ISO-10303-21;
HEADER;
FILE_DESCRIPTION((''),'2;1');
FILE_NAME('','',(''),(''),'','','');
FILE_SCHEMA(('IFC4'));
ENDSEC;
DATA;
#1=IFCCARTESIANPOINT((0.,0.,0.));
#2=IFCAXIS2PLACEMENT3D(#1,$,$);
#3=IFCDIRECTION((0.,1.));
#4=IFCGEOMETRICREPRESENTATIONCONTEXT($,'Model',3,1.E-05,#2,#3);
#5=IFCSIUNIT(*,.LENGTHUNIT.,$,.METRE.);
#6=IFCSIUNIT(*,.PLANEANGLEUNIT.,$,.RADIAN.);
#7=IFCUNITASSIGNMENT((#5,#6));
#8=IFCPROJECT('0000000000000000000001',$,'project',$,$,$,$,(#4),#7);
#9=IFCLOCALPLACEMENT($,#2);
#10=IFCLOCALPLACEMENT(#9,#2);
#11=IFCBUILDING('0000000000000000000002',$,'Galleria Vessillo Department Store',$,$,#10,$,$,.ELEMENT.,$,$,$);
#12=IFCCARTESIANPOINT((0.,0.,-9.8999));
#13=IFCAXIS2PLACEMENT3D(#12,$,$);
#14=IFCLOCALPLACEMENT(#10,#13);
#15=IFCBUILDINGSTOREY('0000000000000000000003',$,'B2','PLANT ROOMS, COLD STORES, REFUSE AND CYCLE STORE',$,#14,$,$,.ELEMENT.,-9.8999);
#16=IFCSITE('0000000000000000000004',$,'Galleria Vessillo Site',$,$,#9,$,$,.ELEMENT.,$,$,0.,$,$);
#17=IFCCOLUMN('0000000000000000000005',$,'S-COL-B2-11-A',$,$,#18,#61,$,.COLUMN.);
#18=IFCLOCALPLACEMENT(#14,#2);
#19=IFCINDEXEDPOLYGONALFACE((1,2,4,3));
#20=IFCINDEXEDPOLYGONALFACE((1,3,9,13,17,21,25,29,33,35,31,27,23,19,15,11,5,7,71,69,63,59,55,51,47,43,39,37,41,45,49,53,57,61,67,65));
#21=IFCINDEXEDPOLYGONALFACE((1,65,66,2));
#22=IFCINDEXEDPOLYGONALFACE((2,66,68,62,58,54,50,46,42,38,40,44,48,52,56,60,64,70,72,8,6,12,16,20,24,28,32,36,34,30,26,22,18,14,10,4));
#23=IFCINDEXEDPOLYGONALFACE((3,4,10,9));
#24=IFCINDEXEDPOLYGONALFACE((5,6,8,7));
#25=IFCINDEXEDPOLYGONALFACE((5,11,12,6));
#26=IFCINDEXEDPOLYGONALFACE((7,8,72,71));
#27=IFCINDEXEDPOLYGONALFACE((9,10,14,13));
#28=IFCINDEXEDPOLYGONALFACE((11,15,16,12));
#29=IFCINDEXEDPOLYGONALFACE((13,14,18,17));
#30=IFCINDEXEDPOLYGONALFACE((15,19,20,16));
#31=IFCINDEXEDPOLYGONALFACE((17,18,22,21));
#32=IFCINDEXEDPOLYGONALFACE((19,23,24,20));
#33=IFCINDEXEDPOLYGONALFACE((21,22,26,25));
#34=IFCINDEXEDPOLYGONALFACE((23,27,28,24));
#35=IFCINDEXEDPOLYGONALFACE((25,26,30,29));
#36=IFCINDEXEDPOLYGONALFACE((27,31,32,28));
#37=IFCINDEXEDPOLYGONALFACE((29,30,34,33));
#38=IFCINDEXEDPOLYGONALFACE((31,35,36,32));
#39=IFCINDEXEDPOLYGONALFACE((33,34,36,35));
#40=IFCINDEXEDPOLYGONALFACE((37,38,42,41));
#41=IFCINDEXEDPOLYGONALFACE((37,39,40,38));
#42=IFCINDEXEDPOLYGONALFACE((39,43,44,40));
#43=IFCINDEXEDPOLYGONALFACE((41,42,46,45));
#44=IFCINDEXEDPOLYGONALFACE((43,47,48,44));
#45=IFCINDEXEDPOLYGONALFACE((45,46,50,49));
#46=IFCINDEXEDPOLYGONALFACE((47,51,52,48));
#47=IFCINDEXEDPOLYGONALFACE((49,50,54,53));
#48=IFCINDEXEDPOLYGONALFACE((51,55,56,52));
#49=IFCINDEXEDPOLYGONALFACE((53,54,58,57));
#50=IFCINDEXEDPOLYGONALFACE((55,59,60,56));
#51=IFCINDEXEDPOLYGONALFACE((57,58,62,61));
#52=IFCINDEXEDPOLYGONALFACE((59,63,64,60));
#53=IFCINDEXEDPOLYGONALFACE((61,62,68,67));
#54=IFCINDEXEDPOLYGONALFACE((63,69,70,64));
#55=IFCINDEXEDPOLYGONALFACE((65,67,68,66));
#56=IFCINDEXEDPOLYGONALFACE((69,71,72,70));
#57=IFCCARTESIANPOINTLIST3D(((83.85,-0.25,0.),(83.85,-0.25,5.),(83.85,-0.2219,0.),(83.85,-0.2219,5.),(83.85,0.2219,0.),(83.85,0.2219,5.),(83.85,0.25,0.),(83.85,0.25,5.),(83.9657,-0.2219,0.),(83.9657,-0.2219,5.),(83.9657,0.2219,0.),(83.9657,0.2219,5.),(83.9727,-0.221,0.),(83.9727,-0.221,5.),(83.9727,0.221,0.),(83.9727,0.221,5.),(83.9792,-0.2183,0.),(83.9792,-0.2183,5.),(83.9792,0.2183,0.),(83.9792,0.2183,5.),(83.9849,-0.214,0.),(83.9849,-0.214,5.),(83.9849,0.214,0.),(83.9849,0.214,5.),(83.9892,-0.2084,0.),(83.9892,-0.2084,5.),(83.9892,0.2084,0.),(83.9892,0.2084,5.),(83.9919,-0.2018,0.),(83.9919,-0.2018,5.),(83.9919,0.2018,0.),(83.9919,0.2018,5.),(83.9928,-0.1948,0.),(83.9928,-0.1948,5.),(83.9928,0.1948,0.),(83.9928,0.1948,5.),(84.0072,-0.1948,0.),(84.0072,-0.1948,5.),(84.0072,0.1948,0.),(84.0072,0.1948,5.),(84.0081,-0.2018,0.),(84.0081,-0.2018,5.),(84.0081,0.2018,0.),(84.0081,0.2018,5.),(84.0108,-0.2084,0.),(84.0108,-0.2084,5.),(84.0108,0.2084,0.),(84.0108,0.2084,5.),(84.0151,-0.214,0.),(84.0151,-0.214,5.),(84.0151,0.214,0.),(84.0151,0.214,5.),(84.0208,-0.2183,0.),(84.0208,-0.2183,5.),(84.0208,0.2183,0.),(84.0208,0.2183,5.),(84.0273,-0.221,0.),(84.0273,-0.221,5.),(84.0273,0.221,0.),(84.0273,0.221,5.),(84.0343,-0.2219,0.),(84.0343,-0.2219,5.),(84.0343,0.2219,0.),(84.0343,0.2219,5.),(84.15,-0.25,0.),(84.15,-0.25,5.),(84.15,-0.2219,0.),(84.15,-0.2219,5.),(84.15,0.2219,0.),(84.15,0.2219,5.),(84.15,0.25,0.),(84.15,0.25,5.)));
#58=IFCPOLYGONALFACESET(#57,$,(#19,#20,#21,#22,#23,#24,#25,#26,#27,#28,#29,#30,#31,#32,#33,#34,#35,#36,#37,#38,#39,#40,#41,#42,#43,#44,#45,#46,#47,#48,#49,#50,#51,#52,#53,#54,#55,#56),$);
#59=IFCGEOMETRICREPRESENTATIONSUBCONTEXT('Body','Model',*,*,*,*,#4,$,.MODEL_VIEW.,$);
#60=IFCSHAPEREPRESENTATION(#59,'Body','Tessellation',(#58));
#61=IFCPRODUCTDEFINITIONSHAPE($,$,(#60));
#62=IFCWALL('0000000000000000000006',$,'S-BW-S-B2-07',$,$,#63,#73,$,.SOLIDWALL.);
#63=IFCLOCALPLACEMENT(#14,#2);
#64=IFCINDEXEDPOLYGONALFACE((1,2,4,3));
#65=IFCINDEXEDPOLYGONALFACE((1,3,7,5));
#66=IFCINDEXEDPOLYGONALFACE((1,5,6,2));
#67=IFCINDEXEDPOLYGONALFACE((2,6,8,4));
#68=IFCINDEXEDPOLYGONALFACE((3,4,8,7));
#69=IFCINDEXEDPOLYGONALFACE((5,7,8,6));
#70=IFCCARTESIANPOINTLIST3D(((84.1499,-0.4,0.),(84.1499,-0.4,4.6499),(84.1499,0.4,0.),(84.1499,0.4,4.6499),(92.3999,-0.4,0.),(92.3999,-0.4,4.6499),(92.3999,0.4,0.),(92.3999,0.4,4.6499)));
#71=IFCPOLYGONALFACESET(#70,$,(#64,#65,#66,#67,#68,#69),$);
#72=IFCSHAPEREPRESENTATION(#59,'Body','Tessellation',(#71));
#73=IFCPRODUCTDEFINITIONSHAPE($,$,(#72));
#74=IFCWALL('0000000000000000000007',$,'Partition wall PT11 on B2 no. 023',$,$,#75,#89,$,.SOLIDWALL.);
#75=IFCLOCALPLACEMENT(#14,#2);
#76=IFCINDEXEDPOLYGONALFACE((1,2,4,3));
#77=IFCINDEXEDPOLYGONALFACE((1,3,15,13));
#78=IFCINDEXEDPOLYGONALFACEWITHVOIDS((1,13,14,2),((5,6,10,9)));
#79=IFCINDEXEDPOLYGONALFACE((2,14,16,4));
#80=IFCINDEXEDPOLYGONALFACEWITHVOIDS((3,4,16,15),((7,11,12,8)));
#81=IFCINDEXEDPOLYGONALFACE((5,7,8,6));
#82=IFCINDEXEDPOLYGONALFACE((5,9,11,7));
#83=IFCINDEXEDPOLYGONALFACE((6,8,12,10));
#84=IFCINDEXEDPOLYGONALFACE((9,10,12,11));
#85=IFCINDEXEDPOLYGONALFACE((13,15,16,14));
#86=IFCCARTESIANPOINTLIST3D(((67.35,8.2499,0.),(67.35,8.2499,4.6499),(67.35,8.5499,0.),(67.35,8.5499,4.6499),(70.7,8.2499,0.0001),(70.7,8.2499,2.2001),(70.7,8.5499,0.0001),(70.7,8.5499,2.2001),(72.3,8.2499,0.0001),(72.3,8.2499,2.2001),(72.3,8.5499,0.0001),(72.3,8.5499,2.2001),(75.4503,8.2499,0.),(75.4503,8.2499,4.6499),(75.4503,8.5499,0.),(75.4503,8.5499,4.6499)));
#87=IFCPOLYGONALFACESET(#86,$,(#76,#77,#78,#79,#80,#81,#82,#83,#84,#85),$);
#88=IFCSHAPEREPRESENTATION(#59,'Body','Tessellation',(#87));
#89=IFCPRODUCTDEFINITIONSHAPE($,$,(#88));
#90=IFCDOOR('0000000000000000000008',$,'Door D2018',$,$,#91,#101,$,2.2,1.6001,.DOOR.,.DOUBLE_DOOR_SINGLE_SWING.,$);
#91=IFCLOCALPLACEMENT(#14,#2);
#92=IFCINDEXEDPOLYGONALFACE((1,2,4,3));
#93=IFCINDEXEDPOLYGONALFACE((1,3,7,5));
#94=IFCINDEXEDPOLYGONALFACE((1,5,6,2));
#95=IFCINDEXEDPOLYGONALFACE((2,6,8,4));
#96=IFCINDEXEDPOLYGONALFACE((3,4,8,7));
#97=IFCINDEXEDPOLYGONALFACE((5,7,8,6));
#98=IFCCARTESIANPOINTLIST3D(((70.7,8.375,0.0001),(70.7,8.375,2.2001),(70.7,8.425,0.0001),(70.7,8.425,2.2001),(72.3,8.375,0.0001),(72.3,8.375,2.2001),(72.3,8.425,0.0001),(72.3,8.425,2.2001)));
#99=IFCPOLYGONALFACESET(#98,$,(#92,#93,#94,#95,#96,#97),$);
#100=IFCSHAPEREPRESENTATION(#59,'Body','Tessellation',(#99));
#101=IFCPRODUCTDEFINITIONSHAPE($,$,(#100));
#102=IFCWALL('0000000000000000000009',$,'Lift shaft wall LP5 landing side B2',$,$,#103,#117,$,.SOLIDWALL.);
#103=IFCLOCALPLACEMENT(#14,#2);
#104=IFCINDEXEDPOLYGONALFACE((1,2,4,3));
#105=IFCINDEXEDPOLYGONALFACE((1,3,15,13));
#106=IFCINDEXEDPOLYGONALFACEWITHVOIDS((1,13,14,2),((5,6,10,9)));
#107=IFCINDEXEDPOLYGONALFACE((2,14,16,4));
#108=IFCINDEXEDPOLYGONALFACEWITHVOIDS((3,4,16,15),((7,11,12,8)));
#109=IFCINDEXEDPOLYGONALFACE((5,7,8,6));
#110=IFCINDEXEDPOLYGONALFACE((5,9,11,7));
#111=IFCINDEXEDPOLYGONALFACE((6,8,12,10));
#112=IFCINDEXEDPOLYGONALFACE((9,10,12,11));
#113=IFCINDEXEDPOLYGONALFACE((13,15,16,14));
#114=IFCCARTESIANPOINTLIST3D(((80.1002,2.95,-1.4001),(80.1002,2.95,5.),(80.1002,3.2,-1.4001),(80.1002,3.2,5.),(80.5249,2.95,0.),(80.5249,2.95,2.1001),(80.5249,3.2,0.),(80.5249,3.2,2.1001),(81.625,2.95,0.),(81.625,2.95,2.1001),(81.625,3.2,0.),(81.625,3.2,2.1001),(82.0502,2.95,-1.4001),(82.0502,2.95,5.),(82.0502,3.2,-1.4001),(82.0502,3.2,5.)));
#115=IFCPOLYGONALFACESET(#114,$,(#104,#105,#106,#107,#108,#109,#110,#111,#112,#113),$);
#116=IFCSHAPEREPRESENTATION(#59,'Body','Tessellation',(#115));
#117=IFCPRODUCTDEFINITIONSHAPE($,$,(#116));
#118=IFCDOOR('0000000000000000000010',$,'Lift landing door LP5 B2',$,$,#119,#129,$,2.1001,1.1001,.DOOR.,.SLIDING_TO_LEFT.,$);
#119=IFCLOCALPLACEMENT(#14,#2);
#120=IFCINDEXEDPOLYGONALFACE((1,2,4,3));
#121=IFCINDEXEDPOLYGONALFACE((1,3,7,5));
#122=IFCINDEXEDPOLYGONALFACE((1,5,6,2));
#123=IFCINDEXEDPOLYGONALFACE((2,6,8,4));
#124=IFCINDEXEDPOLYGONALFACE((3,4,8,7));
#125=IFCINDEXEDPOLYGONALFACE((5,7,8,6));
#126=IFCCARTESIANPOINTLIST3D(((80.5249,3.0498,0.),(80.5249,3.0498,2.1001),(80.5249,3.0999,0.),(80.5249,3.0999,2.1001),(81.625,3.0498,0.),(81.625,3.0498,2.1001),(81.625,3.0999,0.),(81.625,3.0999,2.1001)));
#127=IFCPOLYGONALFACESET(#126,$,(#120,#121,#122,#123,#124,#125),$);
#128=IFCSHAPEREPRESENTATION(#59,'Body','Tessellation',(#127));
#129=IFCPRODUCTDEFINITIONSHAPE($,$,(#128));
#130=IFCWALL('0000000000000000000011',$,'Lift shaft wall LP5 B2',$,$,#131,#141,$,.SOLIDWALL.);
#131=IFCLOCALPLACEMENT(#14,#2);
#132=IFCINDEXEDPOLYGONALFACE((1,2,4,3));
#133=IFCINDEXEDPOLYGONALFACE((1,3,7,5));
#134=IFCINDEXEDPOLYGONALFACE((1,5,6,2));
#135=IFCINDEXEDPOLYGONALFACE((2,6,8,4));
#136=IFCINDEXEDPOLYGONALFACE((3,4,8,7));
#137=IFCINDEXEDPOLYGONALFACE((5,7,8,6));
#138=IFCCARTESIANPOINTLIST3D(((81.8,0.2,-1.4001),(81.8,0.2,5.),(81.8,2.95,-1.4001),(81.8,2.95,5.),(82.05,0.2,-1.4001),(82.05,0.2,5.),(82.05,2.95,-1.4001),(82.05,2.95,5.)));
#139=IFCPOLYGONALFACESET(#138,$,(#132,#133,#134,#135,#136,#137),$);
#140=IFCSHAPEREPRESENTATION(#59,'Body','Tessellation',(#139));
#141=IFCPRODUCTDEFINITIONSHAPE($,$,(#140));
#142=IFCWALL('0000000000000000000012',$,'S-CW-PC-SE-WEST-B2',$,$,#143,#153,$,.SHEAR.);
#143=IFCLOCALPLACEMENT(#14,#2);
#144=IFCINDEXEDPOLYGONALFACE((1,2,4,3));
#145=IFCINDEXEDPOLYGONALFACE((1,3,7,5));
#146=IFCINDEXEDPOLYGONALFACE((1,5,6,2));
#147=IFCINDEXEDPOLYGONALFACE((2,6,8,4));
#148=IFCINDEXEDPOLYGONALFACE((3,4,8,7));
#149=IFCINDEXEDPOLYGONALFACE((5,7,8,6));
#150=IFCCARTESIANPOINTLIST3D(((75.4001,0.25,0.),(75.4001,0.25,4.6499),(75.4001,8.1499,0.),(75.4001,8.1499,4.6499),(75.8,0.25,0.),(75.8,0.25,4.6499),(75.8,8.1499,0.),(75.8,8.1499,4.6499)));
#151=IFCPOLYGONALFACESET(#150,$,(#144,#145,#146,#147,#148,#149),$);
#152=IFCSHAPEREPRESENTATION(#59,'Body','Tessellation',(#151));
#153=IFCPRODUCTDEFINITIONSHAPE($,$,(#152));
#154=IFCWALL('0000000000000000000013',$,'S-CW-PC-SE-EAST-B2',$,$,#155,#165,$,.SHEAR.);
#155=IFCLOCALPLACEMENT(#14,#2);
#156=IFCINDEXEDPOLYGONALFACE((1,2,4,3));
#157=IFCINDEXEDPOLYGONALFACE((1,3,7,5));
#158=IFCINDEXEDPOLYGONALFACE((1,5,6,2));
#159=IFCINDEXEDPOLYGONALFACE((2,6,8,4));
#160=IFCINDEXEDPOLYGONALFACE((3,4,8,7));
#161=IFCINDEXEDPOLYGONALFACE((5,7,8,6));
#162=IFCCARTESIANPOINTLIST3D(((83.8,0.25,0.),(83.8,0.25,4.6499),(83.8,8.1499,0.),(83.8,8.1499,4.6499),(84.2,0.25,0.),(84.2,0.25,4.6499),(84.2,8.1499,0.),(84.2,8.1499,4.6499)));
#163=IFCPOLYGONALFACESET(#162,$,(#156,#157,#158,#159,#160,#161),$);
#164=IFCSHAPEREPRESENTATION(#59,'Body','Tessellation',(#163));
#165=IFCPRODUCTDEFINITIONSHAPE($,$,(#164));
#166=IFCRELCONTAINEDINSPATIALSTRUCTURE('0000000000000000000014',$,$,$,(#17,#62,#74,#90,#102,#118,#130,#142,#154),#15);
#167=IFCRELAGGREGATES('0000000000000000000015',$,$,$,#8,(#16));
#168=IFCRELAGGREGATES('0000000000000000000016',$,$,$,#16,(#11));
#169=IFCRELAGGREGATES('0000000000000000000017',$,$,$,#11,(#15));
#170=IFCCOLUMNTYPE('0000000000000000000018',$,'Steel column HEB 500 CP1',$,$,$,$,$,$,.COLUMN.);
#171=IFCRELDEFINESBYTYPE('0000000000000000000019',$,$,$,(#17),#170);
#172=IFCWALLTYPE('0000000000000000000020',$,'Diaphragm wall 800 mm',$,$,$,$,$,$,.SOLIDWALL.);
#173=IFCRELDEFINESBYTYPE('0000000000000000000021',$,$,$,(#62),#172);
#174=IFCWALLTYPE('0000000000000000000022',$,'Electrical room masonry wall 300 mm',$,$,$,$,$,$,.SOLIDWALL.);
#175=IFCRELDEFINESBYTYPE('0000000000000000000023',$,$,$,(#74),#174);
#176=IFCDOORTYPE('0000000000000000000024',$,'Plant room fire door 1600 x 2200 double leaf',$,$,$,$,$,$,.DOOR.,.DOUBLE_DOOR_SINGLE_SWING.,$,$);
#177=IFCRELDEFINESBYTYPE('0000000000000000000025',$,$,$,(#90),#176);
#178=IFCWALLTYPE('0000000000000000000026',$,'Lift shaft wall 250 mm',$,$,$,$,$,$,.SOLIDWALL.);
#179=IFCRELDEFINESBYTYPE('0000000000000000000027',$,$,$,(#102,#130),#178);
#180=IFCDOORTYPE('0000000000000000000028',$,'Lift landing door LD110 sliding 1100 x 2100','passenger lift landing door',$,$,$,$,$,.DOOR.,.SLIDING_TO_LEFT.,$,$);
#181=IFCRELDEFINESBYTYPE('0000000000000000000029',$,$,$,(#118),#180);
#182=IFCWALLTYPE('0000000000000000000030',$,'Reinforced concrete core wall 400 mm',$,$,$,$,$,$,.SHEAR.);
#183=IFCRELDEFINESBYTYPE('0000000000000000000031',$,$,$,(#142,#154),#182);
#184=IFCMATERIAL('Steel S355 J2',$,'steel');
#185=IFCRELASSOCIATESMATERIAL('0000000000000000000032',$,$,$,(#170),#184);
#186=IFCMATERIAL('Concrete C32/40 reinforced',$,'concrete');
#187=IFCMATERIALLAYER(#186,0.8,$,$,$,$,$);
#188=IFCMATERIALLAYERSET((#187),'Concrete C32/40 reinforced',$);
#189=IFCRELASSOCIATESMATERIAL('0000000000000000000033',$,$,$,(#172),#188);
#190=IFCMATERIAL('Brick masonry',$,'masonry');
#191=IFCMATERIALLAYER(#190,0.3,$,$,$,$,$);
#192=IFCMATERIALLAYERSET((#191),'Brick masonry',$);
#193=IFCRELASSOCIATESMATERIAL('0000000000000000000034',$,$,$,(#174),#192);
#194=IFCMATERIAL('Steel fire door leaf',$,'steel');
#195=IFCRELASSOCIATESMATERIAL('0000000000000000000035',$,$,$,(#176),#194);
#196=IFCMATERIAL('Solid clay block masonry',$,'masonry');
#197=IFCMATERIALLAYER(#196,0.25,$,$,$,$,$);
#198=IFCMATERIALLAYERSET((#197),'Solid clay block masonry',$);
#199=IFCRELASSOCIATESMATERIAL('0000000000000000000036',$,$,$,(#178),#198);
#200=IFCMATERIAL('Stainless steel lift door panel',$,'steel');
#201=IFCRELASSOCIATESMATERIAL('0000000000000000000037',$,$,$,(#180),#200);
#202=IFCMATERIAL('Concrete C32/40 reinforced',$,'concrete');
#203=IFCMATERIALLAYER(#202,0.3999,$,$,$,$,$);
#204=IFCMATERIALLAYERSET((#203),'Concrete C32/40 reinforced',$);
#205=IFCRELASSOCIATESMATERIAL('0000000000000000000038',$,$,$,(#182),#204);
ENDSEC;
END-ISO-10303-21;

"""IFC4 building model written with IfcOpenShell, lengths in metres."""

from ifc_helpers import new_model, si_unit, direction, frame, frame_2d, origin, origin_2d, place, context, subcontext, project, spatial, rectangle, i_section, extrude, material, layer, layer_set, material_profile, profile_set, type_object, element, fill, save


model = new_model("IFC4")

# Units and contexts
model_context = context("Model", 3, precision=1e-05, world=origin(), true_north=direction((0.0, 1.0)))
body_context = subcontext(model_context, "Body", "Model", "MODEL_VIEW")
ifc_project = project(units=[si_unit("LENGTHUNIT", "METRE"), si_unit("PLANEANGLEUNIT", "RADIAN")], contexts=[model_context])

# Site, building, storey
site_placement = place(None, origin())
site = spatial("IfcSite", under=ifc_project, at=site_placement, Name="Galleria Vessillo Site", CompositionType="ELEMENT", RefElevation=0.0)
building_placement = place(site_placement, origin())
building = spatial("IfcBuilding", under=site, at=building_placement, Name="Galleria Vessillo Department Store", CompositionType="ELEMENT")
storey_placement = place(building_placement, frame((0.0, 0.0, -9.8999)))
storey = spatial("IfcBuildingStorey", under=building, at=storey_placement, Name="B2", Description="PLANT ROOMS, COLD STORES, REFUSE AND CYCLE STORE", CompositionType="ELEMENT", Elevation=-9.8999)

# Column
ifc_material_1 = material(Name="Steel S355 J2", Category="steel")
ifc_material_profile_1 = material_profile(ifc_material_1, i_section(OverallWidth=0.3, OverallDepth=0.5, WebThickness=0.0144, FlangeThickness=0.0281, FilletRadius=0.0271, at=origin_2d()), Name="HEB 500")
ifc_profile_set_1 = profile_set([ifc_material_profile_1], Name="Steel S355 J2")
column_type = type_object("IfcColumnType", Name="Steel column HEB 500 CP1", PredefinedType="COLUMN", material=ifc_profile_set_1)
for number, where, z_axis, x_axis, name in (
    (1, (84.0, 0.0, 0.0), (0.0, 0.0, 1.0), (1.0, 0.0, 0.0), "S-COL-B2-11-A"),
):
    element("IfcColumn", number, at=place(storey_placement, frame(where, z_axis=z_axis, x_axis=x_axis)), inside=storey, type_object=column_type, Name=name, PredefinedType="COLUMN", context=body_context, shape_type="SweptSolid", body=[
        extrude(i_section(OverallWidth=0.3, OverallDepth=0.5, WebThickness=0.0144, FlangeThickness=0.0281, FilletRadius=0.0271, at=origin_2d()), origin(), (0.0, 0.0, 1.0), 5.0),
    ])

# Wall
ifc_material_2 = material(Name="Concrete C32/40 reinforced", Category="concrete")
ifc_layer_1 = layer(ifc_material_2, 0.8)
ifc_layer_set_1 = layer_set([ifc_layer_1], Name="Concrete C32/40 reinforced")
wall_type_1 = type_object("IfcWallType", Name="Diaphragm wall 800 mm", PredefinedType="SOLIDWALL", material=ifc_layer_set_1)
wall_1_placement = place(storey_placement, frame((84.1499, 0.0, 0.0), z_axis=(0.0, 0.0, 1.0), x_axis=(1.0, 0.0, 0.0)))
element("IfcWall", 2, at=wall_1_placement, inside=storey, type_object=wall_type_1, Name="S-BW-S-B2-07", PredefinedType="SOLIDWALL", context=body_context, shape_type="SweptSolid", body=[
    extrude(rectangle(XDim=8.25, YDim=0.8, at=frame_2d((4.125, 0.0))), origin(), (0.0, 0.0, 1.0), 4.6499),
])

# Walls, openings, doors
ifc_material_3 = material(Name="Brick masonry", Category="masonry")
ifc_layer_2 = layer(ifc_material_3, 0.3)
ifc_layer_set_2 = layer_set([ifc_layer_2], Name="Brick masonry")
wall_type_2 = type_object("IfcWallType", Name="Electrical room masonry wall 300 mm", PredefinedType="SOLIDWALL", material=ifc_layer_set_2)
wall_2_placement = place(storey_placement, frame((67.3499, 8.3999, 0.0), z_axis=(0.0, 0.0, 1.0), x_axis=(1.0, 0.0, 0.0)))
wall_2 = element("IfcWall", 3, at=wall_2_placement, inside=storey, type_object=wall_type_2, Name="Partition wall PT11 on B2 no. 023", PredefinedType="SOLIDWALL", context=body_context, shape_type="SweptSolid", body=[
    extrude(rectangle(XDim=8.1003, YDim=0.3, at=frame_2d((4.0503, 0.0))), origin(), (0.0, 0.0, 1.0), 4.6499),
])
opening_1_placement = place(wall_2_placement, frame((3.3501, 0.0, 0.0)))
opening_1 = element("IfcOpeningElement", 4, at=opening_1_placement, cuts=wall_2, PredefinedType="OPENING", context=body_context, shape_type="SweptSolid", body=[
    extrude(rectangle(XDim=1.6001, YDim=2.2, at=frame_2d((0.8, 1.1001))), frame((0.0, 0.1602, 0.0), z_axis=(0.0, -1.0, 0.0), x_axis=(1.0, 0.0, 0.0)), (0.0, 0.0, 1.0), 0.3201),
])
ifc_material_4 = material(Name="Steel fire door leaf", Category="steel")
door_type_1 = type_object("IfcDoorType", Name="Plant room fire door 1600 x 2200 double leaf", OperationType="DOUBLE_DOOR_SINGLE_SWING", PredefinedType="DOOR", material=ifc_material_4)
door_1_placement = place(opening_1_placement, frame((1.6001, 0.0, 0.0), z_axis=(0.0, 0.0, 1.0), x_axis=(-1.0, 0.0, 0.0)))
door_1 = element("IfcDoor", 5, at=door_1_placement, inside=storey, type_object=door_type_1, Name="Door D2018", OperationType="DOUBLE_DOOR_SINGLE_SWING", OverallHeight=2.2, OverallWidth=1.6001, PredefinedType="DOOR", context=body_context, shape_type="SweptSolid", body=[
    extrude(rectangle(XDim=1.6001, YDim=2.2, at=frame_2d((0.8, 1.1001))), frame((0.0, 0.0249, 0.0), z_axis=(0.0, -1.0, 0.0), x_axis=(1.0, 0.0, 0.0)), (0.0, 0.0, 1.0), 0.05),
])
fill(opening_1, door_1)
ifc_material_5 = material(Name="Solid clay block masonry", Category="masonry")
ifc_layer_3 = layer(ifc_material_5, 0.25)
ifc_layer_set_3 = layer_set([ifc_layer_3], Name="Solid clay block masonry")
wall_type_3 = type_object("IfcWallType", Name="Lift shaft wall 250 mm", PredefinedType="SOLIDWALL", material=ifc_layer_set_3)
wall_3_placement = place(storey_placement, frame((80.1001, 3.075, -1.4001), z_axis=(0.0, 0.0, 1.0), x_axis=(1.0, 0.0, 0.0)))
wall_3 = element("IfcWall", 6, at=wall_3_placement, inside=storey, type_object=wall_type_3, Name="Lift shaft wall LP5 landing side B2", PredefinedType="SOLIDWALL", context=body_context, shape_type="SweptSolid", body=[
    extrude(rectangle(XDim=1.95, YDim=0.25, at=frame_2d((0.9751, 0.0))), origin(), (0.0, 0.0, 1.0), 6.4001),
])
opening_2_placement = place(wall_3_placement, frame((0.4248, 0.0, 1.4001)))
opening_2 = element("IfcOpeningElement", 7, at=opening_2_placement, cuts=wall_3, PredefinedType="OPENING", context=body_context, shape_type="SweptSolid", body=[
    extrude(rectangle(XDim=1.1001, YDim=2.1001, at=frame_2d((0.55, 1.05))), frame((0.0, 0.135, 0.0), z_axis=(0.0, -1.0, 0.0), x_axis=(1.0, 0.0, 0.0)), (0.0, 0.0, 1.0), 0.27),
])
ifc_material_6 = material(Name="Stainless steel lift door panel", Category="steel")
door_type_2 = type_object("IfcDoorType", Name="Lift landing door LD110 sliding 1100 x 2100", Description="passenger lift landing door", OperationType="SLIDING_TO_LEFT", PredefinedType="DOOR", material=ifc_material_6)
door_2_placement = place(opening_2_placement, origin())
door_2 = element("IfcDoor", 8, at=door_2_placement, inside=storey, type_object=door_type_2, Name="Lift landing door LP5 B2", OperationType="SLIDING_TO_LEFT", OverallHeight=2.1001, OverallWidth=1.1001, PredefinedType="DOOR", context=body_context, shape_type="SweptSolid", body=[
    extrude(rectangle(XDim=1.1001, YDim=2.1001, at=frame_2d((0.55, 1.05))), frame((0.0, 0.0249, 0.0), z_axis=(0.0, -1.0, 0.0), x_axis=(1.0, 0.0, 0.0)), (0.0, 0.0, 1.0), 0.05),
])
fill(opening_2, door_2)

# Walls
wall_4_placement = place(storey_placement, frame((81.925, 0.2, -1.4001), z_axis=(0.0, 0.0, 1.0), x_axis=(0.0, 1.0, 0.0)))
element("IfcWall", 9, at=wall_4_placement, inside=storey, type_object=wall_type_3, Name="Lift shaft wall LP5 B2", PredefinedType="SOLIDWALL", context=body_context, shape_type="SweptSolid", body=[
    extrude(rectangle(XDim=2.75, YDim=0.25, at=frame_2d((1.375, 0.0))), origin(), (0.0, 0.0, 1.0), 6.4001),
])
ifc_material_7 = material(Name="Concrete C32/40 reinforced", Category="concrete")
ifc_layer_4 = layer(ifc_material_7, 0.3999)
ifc_layer_set_4 = layer_set([ifc_layer_4], Name="Concrete C32/40 reinforced")
wall_type_4 = type_object("IfcWallType", Name="Reinforced concrete core wall 400 mm", PredefinedType="SHEAR", material=ifc_layer_set_4)
for number, where, z_axis, x_axis, name in (
    (10, (75.6001, 0.25, 0.0), (0.0, 0.0, 1.0), (0.0, 1.0, 0.0), "S-CW-PC-SE-WEST-B2"),
    (11, (84.0, 0.25, 0.0), (0.0, 0.0, 1.0), (0.0, 1.0, 0.0), "S-CW-PC-SE-EAST-B2"),
):
    element("IfcWall", number, at=place(storey_placement, frame(where, z_axis=z_axis, x_axis=x_axis)), inside=storey, type_object=wall_type_4, Name=name, PredefinedType="SHEAR", context=body_context, shape_type="SweptSolid", body=[
        extrude(rectangle(XDim=7.8999, YDim=0.3999, at=frame_2d((3.95, 0.0))), origin(), (0.0, 0.0, 1.0), 4.6499),
    ])

save(model, "model.ifc")
